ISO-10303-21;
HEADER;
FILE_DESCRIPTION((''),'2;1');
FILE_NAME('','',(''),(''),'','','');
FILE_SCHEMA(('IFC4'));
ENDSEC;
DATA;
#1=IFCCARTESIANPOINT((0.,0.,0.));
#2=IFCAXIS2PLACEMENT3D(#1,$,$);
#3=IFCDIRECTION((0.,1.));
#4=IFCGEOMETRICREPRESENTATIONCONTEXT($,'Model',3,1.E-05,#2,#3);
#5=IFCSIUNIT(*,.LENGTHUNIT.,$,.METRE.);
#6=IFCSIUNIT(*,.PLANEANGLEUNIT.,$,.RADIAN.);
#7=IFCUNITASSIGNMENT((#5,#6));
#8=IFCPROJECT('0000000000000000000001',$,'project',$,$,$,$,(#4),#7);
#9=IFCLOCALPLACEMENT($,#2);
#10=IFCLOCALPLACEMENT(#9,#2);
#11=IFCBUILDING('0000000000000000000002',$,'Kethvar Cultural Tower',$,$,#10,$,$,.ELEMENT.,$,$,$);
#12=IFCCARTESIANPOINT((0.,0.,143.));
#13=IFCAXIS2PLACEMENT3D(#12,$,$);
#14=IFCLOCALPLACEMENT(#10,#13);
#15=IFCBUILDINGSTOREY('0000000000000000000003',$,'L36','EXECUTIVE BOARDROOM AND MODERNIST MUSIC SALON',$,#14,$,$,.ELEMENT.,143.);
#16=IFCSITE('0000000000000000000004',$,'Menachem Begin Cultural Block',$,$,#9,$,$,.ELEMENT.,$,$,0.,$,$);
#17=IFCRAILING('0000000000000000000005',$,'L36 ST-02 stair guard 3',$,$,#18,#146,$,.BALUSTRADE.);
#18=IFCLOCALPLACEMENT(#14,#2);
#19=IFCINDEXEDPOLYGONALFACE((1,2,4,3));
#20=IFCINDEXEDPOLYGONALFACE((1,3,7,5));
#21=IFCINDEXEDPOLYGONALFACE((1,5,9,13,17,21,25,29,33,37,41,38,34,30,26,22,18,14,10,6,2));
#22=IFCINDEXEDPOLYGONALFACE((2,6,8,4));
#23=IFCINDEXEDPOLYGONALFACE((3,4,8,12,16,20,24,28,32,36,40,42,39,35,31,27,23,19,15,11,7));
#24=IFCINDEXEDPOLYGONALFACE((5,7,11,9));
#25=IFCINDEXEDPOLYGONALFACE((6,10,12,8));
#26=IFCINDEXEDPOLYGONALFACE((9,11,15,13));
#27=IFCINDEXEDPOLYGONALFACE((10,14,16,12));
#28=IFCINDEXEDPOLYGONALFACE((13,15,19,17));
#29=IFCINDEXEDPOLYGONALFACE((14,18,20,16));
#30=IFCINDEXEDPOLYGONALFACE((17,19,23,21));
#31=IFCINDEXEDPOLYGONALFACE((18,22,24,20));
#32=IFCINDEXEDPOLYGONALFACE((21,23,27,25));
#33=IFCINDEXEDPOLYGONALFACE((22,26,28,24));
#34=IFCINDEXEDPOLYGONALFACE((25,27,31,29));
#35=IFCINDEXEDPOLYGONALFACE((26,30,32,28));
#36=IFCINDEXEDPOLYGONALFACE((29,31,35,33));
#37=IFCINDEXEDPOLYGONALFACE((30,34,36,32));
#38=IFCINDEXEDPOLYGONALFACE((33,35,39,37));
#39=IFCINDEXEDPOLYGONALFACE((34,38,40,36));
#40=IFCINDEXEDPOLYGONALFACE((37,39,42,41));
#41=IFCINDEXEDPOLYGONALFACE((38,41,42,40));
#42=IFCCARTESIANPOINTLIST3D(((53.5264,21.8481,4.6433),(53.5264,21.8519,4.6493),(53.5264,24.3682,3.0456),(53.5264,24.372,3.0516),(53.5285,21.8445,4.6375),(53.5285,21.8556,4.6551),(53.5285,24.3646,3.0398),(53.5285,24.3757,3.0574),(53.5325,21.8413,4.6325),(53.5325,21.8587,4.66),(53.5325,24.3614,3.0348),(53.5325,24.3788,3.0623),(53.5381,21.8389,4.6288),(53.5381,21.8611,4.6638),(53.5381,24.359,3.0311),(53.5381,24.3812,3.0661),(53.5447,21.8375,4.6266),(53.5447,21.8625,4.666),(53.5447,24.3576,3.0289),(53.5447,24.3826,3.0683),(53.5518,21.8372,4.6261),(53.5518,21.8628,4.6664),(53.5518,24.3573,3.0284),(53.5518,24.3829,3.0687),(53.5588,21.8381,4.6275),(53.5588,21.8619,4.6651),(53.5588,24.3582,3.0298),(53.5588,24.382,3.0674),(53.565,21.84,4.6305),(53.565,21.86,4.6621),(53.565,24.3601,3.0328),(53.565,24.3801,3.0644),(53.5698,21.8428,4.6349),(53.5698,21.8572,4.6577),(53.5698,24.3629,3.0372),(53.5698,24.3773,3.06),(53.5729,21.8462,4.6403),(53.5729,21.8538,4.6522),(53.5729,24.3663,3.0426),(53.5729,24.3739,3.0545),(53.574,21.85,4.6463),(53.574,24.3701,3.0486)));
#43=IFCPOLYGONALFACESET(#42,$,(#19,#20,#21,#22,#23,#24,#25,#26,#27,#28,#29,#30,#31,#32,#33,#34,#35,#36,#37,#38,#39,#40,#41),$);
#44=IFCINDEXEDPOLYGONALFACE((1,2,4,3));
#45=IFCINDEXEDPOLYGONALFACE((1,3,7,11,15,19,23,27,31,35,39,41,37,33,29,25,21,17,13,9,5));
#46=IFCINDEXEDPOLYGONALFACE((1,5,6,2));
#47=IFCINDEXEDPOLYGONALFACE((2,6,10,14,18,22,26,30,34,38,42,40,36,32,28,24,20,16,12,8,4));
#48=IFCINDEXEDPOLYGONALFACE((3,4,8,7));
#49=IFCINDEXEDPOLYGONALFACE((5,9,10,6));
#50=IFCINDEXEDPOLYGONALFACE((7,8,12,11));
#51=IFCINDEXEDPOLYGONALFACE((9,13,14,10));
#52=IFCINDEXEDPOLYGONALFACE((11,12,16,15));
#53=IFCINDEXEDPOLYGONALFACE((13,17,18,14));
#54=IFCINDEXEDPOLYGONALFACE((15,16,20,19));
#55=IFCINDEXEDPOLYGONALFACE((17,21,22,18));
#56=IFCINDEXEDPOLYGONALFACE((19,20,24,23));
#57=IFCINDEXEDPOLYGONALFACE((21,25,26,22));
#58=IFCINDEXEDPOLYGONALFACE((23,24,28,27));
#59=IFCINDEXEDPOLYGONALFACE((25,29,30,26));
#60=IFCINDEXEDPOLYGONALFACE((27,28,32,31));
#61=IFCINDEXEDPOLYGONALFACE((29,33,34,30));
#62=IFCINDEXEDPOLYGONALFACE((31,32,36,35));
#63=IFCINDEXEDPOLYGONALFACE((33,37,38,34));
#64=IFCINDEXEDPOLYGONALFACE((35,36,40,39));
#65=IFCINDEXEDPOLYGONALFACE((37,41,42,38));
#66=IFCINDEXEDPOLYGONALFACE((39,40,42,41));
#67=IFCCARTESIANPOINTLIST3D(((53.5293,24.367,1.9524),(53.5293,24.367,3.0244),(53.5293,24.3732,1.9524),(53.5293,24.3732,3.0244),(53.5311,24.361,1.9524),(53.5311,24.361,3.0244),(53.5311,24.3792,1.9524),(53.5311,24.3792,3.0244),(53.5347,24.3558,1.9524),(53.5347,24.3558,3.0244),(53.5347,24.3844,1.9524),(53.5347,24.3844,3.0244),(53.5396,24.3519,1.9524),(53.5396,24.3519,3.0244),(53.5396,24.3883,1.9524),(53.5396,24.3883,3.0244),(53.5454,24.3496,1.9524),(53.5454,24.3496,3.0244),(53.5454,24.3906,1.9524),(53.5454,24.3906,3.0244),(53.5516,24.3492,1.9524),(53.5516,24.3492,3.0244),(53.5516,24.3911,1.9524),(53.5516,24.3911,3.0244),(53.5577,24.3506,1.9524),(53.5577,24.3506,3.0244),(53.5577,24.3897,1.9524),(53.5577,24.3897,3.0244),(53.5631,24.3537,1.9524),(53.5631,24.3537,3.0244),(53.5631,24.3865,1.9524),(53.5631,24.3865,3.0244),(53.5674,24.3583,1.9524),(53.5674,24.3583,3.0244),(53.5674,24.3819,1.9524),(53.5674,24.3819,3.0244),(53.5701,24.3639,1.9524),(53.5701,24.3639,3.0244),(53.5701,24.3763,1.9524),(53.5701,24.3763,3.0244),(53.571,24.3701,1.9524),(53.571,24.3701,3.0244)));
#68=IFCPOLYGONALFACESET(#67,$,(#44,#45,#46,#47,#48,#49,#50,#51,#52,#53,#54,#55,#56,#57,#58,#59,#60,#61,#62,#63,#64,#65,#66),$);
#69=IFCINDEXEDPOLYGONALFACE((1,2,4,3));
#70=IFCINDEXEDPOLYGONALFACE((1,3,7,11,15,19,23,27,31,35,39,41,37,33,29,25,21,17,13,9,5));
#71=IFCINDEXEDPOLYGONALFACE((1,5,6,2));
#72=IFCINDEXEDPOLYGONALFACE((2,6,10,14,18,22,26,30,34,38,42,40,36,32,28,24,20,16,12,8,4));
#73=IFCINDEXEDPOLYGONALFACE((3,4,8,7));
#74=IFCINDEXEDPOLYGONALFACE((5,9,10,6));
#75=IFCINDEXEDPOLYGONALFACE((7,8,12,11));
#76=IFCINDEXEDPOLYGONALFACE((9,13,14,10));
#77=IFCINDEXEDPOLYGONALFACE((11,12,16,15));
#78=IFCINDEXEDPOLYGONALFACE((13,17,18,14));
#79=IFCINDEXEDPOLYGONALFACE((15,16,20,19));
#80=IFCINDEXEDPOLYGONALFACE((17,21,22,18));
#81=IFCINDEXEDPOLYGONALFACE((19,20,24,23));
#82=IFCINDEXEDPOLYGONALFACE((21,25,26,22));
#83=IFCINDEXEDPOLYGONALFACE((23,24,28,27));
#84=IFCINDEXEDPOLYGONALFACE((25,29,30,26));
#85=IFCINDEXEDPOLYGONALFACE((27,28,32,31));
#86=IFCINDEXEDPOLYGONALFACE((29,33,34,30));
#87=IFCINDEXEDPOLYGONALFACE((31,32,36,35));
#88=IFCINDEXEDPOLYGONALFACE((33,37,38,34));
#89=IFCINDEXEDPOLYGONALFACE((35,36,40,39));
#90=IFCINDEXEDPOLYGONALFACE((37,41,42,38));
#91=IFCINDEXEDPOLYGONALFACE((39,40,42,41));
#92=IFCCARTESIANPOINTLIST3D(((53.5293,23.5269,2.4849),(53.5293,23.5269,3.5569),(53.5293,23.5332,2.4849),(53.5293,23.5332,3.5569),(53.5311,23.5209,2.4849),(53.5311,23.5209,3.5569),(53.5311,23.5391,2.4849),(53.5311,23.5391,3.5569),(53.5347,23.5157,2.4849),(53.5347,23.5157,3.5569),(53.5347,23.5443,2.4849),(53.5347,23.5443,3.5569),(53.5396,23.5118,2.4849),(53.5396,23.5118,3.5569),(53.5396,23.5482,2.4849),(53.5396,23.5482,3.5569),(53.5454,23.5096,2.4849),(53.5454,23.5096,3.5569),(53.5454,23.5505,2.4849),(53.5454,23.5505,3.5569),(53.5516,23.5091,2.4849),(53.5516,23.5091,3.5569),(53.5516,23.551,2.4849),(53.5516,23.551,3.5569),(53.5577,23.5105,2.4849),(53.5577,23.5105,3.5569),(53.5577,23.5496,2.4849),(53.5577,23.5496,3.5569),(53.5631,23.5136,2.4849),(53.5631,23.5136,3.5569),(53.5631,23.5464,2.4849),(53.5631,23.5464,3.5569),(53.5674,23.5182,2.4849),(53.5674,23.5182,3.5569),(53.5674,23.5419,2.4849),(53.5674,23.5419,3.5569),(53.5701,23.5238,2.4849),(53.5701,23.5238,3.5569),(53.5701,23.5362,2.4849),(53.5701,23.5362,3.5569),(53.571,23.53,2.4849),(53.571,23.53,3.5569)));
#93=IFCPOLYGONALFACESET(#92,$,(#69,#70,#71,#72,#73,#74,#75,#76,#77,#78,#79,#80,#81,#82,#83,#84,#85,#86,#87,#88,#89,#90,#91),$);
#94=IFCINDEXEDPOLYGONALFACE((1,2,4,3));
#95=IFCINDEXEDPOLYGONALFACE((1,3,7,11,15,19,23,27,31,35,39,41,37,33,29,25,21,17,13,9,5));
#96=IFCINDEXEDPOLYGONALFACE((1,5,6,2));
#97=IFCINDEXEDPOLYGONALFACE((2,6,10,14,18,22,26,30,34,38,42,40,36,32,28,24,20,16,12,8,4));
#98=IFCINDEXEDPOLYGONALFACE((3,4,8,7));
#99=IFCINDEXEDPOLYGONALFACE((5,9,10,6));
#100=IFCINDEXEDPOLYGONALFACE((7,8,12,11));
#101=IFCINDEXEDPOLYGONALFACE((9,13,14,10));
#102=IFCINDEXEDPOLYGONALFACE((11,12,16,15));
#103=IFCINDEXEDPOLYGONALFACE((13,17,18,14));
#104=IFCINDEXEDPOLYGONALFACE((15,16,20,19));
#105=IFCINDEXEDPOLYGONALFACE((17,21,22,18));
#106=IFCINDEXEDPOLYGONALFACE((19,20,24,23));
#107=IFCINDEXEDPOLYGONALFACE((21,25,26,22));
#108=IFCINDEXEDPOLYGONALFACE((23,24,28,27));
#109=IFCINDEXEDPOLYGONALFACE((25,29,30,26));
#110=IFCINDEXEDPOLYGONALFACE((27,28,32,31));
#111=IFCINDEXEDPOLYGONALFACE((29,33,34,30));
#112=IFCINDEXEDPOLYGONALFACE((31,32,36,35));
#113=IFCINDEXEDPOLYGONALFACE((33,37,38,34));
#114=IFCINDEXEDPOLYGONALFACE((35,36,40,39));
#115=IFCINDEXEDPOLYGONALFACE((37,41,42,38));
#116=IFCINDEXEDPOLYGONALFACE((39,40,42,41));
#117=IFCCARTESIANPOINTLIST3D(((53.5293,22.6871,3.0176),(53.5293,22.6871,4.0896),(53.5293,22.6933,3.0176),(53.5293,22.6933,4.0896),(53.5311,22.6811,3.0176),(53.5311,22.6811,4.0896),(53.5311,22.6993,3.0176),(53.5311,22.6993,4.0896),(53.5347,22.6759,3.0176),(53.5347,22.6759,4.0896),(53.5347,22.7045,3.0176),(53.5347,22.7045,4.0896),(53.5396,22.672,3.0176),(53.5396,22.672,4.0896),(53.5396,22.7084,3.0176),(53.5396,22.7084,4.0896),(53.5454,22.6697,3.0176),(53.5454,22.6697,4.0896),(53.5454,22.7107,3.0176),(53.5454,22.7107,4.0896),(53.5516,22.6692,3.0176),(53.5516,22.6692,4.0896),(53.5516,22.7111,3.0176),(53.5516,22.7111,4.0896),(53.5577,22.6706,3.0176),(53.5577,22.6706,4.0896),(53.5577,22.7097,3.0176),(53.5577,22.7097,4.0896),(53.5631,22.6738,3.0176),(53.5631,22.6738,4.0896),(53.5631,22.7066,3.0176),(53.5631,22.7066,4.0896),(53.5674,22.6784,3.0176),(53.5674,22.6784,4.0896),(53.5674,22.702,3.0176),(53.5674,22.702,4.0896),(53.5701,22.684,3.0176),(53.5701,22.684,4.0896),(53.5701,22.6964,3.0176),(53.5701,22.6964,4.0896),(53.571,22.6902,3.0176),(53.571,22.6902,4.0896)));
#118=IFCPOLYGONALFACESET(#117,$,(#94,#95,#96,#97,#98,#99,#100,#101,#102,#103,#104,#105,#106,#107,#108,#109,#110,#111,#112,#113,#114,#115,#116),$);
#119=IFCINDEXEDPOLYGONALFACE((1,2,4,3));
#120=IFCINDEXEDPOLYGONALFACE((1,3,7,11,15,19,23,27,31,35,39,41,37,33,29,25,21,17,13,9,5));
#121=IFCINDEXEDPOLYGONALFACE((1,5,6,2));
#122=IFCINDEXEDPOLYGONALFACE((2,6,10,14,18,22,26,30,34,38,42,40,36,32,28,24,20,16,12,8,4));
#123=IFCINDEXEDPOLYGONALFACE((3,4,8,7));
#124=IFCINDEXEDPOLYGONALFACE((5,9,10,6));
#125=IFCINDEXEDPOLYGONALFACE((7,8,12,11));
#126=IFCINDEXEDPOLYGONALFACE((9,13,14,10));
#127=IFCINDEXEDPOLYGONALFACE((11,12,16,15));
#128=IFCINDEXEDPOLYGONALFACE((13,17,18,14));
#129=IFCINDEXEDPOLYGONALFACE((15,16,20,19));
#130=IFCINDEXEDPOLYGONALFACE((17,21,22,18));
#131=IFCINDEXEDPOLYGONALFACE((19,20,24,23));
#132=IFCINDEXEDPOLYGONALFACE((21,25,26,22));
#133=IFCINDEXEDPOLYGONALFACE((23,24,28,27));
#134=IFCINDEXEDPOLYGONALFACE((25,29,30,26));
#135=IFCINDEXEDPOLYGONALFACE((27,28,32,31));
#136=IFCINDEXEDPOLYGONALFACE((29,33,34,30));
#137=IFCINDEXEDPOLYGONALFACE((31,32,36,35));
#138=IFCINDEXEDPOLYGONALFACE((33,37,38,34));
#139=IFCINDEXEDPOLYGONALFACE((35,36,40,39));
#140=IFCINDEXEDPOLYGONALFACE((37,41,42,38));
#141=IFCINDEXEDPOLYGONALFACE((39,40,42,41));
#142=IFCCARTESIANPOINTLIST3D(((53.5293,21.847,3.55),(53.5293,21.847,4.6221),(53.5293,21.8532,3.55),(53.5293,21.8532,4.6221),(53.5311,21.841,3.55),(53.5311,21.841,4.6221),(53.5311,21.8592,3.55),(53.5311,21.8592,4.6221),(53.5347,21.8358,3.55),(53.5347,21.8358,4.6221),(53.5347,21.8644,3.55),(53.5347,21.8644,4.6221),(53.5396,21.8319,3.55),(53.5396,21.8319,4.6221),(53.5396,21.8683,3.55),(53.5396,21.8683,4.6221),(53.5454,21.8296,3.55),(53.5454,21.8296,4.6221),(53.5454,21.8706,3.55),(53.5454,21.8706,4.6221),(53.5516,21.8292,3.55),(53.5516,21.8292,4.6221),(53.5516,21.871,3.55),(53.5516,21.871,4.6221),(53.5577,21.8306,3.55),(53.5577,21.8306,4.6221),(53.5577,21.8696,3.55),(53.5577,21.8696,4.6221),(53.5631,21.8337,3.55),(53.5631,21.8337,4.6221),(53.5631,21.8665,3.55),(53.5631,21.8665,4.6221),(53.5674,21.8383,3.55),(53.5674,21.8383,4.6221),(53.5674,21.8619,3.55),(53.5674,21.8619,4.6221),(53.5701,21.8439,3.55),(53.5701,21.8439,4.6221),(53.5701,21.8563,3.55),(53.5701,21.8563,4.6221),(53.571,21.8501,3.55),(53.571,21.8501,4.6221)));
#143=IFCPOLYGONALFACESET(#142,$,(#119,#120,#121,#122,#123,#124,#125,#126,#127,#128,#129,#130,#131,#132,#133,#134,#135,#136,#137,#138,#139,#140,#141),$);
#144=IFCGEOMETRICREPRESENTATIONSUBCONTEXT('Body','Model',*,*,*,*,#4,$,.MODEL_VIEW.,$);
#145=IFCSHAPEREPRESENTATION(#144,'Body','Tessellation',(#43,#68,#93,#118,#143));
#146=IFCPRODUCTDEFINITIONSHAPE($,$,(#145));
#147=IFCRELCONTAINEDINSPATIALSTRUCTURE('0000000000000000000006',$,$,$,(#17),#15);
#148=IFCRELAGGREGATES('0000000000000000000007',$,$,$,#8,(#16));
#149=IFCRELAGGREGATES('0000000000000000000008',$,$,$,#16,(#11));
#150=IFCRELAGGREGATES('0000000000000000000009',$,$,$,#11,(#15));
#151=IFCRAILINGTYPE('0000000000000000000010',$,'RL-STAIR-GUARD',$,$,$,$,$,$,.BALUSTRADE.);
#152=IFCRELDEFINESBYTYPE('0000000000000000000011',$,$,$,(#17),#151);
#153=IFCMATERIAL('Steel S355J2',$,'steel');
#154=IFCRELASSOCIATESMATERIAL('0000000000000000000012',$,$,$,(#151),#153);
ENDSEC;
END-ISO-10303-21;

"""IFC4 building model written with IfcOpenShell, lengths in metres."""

from ifc_helpers import new_model, si_unit, direction, frame, origin, origin_2d, place, context, subcontext, project, spatial, circle, extrude, material, type_object, element, save


model = new_model("IFC4")

# Units and contexts
model_context = context("Model", 3, precision=1e-05, world=origin(), true_north=direction((0.0, 1.0)))
body_context = subcontext(model_context, "Body", "Model", "MODEL_VIEW")
ifc_project = project(units=[si_unit("LENGTHUNIT", "METRE"), si_unit("PLANEANGLEUNIT", "RADIAN")], contexts=[model_context])

# Site, building, storey
site_placement = place(None, origin())
site = spatial("IfcSite", under=ifc_project, at=site_placement, Name="Menachem Begin Cultural Block", CompositionType="ELEMENT", RefElevation=0.0)
building_placement = place(site_placement, origin())
building = spatial("IfcBuilding", under=site, at=building_placement, Name="Kethvar Cultural Tower", CompositionType="ELEMENT")
storey_placement = place(building_placement, frame((0.0, 0.0, 143.0)))
storey = spatial("IfcBuildingStorey", under=building, at=storey_placement, Name="L36", Description="EXECUTIVE BOARDROOM AND MODERNIST MUSIC SALON", CompositionType="ELEMENT", Elevation=143.0)

# Shared definitions
ifc_material_1 = material(Name="Steel S355J2", Category="steel")

# Railing
railing_type_1 = type_object("IfcRailingType", Name="RL-STAIR-GUARD", PredefinedType="BALUSTRADE", material=ifc_material_1)
railing_1_placement = place(storey_placement, frame((53.55, 24.3701, 1.9524)))
element("IfcRailing", 1, at=railing_1_placement, inside=storey, type_object=railing_type_1, Name="L36 ST-02 stair guard 3", PredefinedType="BALUSTRADE", context=body_context, shape_type="SweptSolid", body=[
    extrude(circle(Radius=0.0239, at=origin_2d()), frame((0.0, 0.0, 1.0962), z_axis=(0.0, -0.84457, 0.535445), x_axis=(1.0, 0.0, 0.0)), (0.0, 0.0, 1.0), 2.9839),
    extrude(circle(Radius=0.021, at=origin_2d()), origin(), (0.0, 0.0, 1.0), 1.072),
    extrude(circle(Radius=0.021, at=origin_2d()), frame((0.0, -0.8401, 0.5325)), (0.0, 0.0, 1.0), 1.072),
    extrude(circle(Radius=0.021, at=origin_2d()), frame((0.0, -1.6799, 1.0652)), (0.0, 0.0, 1.0), 1.072),
    extrude(circle(Radius=0.021, at=origin_2d()), frame((0.0, -2.52, 1.5977)), (0.0, 0.0, 1.0), 1.072),
])

save(model, "model.ifc")
